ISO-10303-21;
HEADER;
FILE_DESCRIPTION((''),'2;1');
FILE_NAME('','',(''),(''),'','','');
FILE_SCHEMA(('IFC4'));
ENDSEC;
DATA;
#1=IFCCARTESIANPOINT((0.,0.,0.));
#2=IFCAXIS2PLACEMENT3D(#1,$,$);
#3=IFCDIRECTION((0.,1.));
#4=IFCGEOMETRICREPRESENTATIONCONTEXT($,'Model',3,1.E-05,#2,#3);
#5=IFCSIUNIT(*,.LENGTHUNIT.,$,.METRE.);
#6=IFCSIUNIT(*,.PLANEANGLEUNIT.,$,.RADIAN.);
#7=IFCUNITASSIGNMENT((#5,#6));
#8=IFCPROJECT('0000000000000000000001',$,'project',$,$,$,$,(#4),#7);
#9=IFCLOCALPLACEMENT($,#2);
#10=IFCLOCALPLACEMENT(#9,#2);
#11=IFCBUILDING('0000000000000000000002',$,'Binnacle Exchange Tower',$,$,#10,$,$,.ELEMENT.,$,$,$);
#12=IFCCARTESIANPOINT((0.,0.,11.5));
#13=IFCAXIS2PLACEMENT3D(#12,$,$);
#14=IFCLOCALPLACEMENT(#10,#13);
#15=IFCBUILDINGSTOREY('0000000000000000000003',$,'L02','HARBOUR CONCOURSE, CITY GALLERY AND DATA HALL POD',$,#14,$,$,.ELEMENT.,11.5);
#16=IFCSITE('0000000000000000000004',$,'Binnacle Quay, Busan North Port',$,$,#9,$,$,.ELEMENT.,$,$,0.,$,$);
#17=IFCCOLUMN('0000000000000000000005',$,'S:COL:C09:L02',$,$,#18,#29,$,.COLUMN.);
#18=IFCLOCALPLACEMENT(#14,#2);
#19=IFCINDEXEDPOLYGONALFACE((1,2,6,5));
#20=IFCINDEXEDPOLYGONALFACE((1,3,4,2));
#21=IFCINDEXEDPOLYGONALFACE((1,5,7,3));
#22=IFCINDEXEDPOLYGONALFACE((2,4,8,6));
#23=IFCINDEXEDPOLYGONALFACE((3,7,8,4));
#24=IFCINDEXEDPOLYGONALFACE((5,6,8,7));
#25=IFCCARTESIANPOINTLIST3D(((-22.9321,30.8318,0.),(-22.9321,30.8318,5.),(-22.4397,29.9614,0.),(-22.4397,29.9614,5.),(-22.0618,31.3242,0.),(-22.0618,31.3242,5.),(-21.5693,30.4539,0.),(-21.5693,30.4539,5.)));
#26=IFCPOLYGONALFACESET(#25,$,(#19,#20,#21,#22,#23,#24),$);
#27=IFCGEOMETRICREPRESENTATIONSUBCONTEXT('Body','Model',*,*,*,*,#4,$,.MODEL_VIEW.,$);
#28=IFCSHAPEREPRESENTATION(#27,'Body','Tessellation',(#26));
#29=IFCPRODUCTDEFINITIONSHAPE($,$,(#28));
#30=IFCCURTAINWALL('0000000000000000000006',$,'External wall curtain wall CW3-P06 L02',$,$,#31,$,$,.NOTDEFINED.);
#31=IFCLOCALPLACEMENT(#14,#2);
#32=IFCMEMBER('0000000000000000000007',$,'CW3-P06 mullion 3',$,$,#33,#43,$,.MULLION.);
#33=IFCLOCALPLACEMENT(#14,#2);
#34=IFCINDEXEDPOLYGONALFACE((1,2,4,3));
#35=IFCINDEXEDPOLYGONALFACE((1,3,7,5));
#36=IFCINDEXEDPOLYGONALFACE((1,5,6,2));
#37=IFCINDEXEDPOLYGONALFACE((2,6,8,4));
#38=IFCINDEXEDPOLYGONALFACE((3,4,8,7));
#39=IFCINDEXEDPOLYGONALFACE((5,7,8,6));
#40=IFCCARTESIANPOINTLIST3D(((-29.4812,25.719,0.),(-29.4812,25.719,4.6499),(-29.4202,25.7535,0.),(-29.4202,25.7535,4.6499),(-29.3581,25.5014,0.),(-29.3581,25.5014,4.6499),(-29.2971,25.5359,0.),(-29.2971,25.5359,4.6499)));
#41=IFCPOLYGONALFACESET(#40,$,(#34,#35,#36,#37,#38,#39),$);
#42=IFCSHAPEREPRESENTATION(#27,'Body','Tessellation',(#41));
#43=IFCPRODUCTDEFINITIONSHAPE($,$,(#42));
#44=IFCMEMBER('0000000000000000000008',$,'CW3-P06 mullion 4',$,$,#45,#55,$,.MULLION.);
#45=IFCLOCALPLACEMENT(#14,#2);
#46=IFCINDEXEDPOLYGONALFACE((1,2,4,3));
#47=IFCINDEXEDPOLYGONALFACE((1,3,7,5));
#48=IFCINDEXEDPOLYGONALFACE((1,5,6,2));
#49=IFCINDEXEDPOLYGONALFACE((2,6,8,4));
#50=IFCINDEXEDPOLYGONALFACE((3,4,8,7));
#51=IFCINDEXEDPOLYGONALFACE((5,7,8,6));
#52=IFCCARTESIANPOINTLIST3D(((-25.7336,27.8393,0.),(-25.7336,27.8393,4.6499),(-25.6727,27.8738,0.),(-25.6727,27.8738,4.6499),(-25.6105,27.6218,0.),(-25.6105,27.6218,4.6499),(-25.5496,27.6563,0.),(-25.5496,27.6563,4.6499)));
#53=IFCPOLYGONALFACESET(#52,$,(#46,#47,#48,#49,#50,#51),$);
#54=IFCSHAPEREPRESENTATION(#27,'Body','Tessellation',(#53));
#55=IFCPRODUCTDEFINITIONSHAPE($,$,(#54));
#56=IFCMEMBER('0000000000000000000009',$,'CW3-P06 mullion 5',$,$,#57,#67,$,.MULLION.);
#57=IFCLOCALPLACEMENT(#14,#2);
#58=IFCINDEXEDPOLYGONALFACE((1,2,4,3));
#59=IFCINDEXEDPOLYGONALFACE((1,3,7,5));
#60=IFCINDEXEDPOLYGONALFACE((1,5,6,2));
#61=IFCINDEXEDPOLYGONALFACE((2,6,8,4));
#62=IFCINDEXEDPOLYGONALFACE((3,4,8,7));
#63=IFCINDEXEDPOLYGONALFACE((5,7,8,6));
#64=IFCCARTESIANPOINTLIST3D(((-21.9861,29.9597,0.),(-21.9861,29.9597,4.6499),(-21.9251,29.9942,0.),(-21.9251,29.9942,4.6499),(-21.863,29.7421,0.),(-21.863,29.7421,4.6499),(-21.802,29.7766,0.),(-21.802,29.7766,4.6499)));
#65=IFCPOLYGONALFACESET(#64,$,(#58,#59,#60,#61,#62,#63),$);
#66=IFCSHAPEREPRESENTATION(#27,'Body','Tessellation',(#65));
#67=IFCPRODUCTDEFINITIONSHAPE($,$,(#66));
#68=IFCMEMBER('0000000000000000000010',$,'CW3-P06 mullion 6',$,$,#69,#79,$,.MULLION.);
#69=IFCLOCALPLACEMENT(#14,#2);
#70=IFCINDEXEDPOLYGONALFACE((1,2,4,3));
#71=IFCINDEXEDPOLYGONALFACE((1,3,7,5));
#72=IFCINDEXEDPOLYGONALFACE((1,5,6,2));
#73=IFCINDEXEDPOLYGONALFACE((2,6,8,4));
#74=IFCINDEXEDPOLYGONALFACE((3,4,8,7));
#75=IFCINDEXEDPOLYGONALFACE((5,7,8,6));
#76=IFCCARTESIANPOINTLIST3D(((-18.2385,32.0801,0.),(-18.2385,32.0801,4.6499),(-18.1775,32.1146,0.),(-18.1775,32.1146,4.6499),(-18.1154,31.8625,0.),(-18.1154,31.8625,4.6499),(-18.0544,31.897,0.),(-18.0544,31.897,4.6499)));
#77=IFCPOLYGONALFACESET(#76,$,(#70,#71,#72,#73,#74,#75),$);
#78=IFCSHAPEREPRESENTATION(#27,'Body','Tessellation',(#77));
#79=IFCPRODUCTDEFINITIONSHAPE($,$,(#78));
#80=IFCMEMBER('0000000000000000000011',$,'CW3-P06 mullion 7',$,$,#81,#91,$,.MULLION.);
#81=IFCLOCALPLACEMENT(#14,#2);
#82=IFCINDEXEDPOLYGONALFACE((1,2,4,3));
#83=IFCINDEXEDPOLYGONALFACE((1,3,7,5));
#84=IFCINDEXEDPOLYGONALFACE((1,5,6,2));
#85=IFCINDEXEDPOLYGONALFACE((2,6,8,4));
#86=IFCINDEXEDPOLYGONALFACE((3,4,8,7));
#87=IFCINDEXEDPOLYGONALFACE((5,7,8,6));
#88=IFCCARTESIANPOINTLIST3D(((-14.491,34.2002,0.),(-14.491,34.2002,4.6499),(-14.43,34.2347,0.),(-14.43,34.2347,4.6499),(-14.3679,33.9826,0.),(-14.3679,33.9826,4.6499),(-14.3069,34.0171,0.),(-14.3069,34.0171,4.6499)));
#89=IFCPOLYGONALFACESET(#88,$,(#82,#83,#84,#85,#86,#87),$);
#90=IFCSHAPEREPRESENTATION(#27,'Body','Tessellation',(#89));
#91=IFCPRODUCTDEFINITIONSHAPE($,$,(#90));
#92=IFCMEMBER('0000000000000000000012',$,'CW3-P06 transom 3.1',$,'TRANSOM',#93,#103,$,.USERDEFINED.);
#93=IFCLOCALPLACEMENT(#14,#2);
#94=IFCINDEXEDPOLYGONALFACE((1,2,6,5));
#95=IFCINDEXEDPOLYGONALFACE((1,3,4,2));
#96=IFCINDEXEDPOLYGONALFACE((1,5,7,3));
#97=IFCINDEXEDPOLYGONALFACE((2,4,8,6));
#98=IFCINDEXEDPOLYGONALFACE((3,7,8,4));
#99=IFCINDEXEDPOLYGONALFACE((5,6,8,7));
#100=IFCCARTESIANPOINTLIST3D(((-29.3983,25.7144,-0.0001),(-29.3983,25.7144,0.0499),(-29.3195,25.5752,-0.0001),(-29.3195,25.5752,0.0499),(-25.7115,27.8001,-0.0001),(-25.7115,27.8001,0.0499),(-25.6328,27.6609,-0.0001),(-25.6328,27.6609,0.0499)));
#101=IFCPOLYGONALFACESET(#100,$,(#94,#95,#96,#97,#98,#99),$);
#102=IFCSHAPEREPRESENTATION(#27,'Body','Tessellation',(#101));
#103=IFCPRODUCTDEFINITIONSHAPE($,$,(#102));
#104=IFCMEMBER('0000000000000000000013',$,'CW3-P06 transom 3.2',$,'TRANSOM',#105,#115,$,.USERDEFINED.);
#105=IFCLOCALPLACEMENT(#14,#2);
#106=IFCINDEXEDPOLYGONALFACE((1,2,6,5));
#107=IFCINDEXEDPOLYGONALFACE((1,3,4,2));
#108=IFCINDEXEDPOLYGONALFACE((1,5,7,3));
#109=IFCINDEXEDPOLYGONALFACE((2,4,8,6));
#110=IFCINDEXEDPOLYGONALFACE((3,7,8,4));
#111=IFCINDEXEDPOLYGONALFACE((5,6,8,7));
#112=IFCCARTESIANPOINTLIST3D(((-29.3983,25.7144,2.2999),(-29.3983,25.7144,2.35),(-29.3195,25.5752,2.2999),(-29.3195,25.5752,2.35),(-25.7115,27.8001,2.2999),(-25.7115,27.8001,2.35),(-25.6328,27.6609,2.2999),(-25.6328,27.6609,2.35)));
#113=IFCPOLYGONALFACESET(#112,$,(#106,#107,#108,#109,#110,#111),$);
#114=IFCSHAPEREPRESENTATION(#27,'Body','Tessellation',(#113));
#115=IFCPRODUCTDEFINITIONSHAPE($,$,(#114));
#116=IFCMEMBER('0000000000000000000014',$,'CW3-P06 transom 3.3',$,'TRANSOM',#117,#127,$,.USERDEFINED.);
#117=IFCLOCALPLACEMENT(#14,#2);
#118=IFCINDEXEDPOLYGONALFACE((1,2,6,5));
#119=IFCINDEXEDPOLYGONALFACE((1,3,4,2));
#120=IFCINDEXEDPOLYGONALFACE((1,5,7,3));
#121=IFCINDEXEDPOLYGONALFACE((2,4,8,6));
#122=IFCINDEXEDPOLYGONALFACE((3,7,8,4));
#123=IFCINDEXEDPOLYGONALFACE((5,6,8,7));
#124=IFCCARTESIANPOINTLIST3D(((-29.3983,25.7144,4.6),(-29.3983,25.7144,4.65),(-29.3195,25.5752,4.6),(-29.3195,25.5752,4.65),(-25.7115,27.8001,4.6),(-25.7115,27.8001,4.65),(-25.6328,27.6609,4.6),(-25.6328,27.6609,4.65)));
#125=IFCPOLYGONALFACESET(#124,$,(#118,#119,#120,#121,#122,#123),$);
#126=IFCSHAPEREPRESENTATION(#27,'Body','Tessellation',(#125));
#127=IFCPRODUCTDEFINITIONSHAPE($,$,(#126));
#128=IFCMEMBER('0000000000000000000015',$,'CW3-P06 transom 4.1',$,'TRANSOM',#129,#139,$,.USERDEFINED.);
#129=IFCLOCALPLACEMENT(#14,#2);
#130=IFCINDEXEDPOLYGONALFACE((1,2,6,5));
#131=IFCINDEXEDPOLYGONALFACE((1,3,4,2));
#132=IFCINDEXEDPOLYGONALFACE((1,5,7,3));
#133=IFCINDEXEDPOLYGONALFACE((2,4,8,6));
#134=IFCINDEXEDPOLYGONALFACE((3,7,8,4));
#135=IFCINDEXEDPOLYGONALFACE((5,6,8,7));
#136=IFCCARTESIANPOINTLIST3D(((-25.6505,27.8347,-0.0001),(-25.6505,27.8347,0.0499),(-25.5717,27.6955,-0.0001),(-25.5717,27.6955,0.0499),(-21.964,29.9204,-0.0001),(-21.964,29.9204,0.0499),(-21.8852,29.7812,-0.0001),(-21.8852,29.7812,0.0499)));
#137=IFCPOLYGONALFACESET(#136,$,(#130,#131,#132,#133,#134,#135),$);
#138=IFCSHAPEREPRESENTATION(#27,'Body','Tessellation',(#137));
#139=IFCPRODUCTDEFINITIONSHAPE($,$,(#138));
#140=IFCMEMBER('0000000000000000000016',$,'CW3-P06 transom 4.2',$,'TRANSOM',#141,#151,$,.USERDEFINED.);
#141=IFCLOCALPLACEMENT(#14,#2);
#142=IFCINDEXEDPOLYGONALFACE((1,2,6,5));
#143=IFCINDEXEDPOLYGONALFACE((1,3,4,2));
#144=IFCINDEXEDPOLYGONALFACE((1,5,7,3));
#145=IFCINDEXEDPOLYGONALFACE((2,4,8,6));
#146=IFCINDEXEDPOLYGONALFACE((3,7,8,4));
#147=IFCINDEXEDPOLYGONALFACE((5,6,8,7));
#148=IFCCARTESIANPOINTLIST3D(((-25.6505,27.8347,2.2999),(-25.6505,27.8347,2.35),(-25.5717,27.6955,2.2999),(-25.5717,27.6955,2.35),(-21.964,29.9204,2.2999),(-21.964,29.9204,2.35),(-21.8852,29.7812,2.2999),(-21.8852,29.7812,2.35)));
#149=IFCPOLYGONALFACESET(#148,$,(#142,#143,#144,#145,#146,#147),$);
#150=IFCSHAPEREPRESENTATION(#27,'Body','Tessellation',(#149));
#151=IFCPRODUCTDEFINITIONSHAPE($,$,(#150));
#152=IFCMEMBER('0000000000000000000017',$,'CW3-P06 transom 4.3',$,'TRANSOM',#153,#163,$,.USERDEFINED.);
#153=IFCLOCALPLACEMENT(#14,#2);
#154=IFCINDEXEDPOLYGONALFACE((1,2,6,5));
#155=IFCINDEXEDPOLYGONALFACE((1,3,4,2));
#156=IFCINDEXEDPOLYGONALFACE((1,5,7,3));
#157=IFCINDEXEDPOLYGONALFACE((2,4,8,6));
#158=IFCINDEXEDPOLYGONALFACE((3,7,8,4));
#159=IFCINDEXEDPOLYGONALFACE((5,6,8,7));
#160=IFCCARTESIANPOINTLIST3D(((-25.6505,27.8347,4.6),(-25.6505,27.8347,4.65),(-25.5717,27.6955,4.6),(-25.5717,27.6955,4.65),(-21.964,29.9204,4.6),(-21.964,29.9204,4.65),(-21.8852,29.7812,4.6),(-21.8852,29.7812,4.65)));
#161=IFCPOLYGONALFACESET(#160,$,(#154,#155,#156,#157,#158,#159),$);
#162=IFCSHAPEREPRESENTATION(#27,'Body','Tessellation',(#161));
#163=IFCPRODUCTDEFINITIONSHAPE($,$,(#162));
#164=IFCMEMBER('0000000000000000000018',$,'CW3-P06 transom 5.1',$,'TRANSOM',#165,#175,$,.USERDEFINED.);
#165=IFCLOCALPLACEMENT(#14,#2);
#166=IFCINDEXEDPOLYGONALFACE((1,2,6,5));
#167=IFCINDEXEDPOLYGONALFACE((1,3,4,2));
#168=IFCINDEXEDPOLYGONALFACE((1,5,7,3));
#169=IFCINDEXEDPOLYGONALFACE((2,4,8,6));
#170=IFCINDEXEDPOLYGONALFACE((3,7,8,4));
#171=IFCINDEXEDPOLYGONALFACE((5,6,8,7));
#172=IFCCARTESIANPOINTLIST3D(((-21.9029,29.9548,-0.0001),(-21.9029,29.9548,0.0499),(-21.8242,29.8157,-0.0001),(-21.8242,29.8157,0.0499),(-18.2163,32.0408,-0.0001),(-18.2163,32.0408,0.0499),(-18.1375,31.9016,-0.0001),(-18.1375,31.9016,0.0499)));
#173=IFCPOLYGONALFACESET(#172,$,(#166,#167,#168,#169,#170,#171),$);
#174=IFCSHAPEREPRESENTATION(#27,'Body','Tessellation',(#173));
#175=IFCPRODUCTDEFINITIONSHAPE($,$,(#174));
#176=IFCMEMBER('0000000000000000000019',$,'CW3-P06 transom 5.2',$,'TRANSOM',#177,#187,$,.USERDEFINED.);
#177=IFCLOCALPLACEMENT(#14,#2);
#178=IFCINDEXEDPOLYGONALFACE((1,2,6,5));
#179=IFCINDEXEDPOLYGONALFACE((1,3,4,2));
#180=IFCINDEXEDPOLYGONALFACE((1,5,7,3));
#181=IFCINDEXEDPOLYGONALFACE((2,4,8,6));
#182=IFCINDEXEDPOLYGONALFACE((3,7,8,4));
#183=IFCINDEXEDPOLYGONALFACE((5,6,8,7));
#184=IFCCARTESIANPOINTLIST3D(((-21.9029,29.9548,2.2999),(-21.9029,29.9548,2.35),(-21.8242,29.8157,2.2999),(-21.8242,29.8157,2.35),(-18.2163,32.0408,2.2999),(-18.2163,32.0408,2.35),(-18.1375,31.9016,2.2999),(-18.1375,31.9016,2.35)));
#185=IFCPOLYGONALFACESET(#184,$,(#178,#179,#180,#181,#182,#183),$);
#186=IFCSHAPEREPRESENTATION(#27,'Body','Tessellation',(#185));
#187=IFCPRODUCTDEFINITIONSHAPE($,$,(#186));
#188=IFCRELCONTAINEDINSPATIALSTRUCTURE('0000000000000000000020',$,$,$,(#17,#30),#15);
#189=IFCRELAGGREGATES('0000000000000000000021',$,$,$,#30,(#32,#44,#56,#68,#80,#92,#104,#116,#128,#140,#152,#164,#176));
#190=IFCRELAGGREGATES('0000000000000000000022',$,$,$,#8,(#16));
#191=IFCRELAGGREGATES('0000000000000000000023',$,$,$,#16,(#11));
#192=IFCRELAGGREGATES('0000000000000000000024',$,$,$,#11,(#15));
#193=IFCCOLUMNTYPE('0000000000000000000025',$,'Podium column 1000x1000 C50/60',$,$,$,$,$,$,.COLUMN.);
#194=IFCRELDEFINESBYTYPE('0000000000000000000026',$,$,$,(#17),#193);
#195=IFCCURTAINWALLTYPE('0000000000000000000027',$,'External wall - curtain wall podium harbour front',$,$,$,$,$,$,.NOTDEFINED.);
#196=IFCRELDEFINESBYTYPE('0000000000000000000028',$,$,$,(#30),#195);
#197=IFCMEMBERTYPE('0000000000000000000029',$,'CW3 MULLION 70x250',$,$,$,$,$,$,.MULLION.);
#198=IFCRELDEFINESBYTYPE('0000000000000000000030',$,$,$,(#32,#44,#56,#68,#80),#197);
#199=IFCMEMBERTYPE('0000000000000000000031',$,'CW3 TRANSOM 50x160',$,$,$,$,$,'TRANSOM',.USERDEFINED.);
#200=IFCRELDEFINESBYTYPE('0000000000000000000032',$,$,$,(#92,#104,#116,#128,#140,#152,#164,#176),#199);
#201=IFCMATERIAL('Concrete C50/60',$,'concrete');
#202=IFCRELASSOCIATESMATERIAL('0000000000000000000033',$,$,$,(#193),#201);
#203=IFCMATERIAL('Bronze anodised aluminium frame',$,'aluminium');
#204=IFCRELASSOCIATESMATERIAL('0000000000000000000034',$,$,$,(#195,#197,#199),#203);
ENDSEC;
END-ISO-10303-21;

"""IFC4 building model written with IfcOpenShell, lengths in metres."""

from ifc_helpers import new_model, si_unit, direction, frame, origin, origin_2d, place, context, subcontext, project, spatial, rectangle, extrude, material, material_profile, profile_set, type_object, element, aggregate, save


model = new_model("IFC4")

# Units and contexts
model_context = context("Model", 3, precision=1e-05, world=origin(), true_north=direction((0.0, 1.0)))
body_context = subcontext(model_context, "Body", "Model", "MODEL_VIEW")
ifc_project = project(units=[si_unit("LENGTHUNIT", "METRE"), si_unit("PLANEANGLEUNIT", "RADIAN")], contexts=[model_context])

# Site, building, storey
site_placement = place(None, origin())
site = spatial("IfcSite", under=ifc_project, at=site_placement, Name="Binnacle Quay, Busan North Port", CompositionType="ELEMENT", RefElevation=0.0)
building_placement = place(site_placement, origin())
building = spatial("IfcBuilding", under=site, at=building_placement, Name="Binnacle Exchange Tower", CompositionType="ELEMENT")
storey_placement = place(building_placement, frame((0.0, 0.0, 11.5)))
storey = spatial("IfcBuildingStorey", under=building, at=storey_placement, Name="L02", Description="HARBOUR CONCOURSE, CITY GALLERY AND DATA HALL POD", CompositionType="ELEMENT", Elevation=11.5)

# Column
ifc_material_1 = material(Name="Concrete C50/60", Category="concrete")
ifc_material_profile_1 = material_profile(ifc_material_1, rectangle(XDim=1.0, YDim=1.0, at=origin_2d()), Name="Podium column 1000x1000 C50/60")
ifc_profile_set_1 = profile_set([ifc_material_profile_1], Name="Concrete C50/60")
column_type = type_object("IfcColumnType", Name="Podium column 1000x1000 C50/60", PredefinedType="COLUMN", material=ifc_profile_set_1)
column_placement = place(storey_placement, frame((-22.2507, 30.6428, 0.0), z_axis=(0.0, 0.0, 1.0), x_axis=(0.870356, 0.492424, 0.0)))
element("IfcColumn", 1, at=column_placement, inside=storey, type_object=column_type, Name="S:COL:C09:L02", PredefinedType="COLUMN", context=body_context, shape_type="SweptSolid", body=[
    extrude(rectangle(XDim=1.0, YDim=1.0, at=origin_2d()), origin(), (0.0, 0.0, 1.0), 5.0),
])

# Curtain wall, members
ifc_material_2 = material(Name="Bronze anodised aluminium frame", Category="aluminium")
curtain_wall_type = type_object("IfcCurtainWallType", Name="External wall - curtain wall podium harbour front", PredefinedType="NOTDEFINED", material=ifc_material_2)
curtain_wall_placement = place(storey_placement, origin())
curtain_wall = element("IfcCurtainWall", 2, at=curtain_wall_placement, inside=storey, type_object=curtain_wall_type, Name="External wall curtain wall CW3-P06 L02", PredefinedType="NOTDEFINED")
ifc_material_profile_2 = material_profile(ifc_material_2, rectangle(XDim=0.25, YDim=0.0701, at=origin_2d()), Name="AL 70x250")
ifc_profile_set_2 = profile_set([ifc_material_profile_2], Name="Bronze anodised aluminium frame")
member_type_1 = type_object("IfcMemberType", Name="CW3 MULLION 70x250", PredefinedType="MULLION", material=ifc_profile_set_2)
member_1_placement = place(storey_placement, frame((-29.3892, 25.6274, 0.0), z_axis=(0.0, 0.0, 1.0), x_axis=(-0.492424, 0.870356, 0.0)))
member_1 = element("IfcMember", 3, at=member_1_placement, type_object=member_type_1, Name="CW3-P06 mullion 3", PredefinedType="MULLION", context=body_context, shape_type="SweptSolid", body=[
    extrude(rectangle(XDim=0.25, YDim=0.0701, at=origin_2d()), origin(), (0.0, 0.0, 1.0), 4.6499),
])
member_2_placement = place(storey_placement, frame((-25.6416, 27.7478, 0.0), z_axis=(0.0, 0.0, 1.0), x_axis=(-0.492424, 0.870356, 0.0)))
member_2 = element("IfcMember", 4, at=member_2_placement, type_object=member_type_1, Name="CW3-P06 mullion 4", PredefinedType="MULLION", context=body_context, shape_type="SweptSolid", body=[
    extrude(rectangle(XDim=0.25, YDim=0.0701, at=origin_2d()), origin(), (0.0, 0.0, 1.0), 4.6499),
])
member_3_placement = place(storey_placement, frame((-21.894, 29.8682, 0.0), z_axis=(0.0, 0.0, 1.0), x_axis=(-0.492424, 0.870356, 0.0)))
member_3 = element("IfcMember", 5, at=member_3_placement, type_object=member_type_1, Name="CW3-P06 mullion 5", PredefinedType="MULLION", context=body_context, shape_type="SweptSolid", body=[
    extrude(rectangle(XDim=0.25, YDim=0.0701, at=origin_2d()), origin(), (0.0, 0.0, 1.0), 4.6499),
])
member_4_placement = place(storey_placement, frame((-18.1465, 31.9885, 0.0), z_axis=(0.0, 0.0, 1.0), x_axis=(-0.492424, 0.870356, 0.0)))
member_4 = element("IfcMember", 6, at=member_4_placement, type_object=member_type_1, Name="CW3-P06 mullion 6", PredefinedType="MULLION", context=body_context, shape_type="SweptSolid", body=[
    extrude(rectangle(XDim=0.25, YDim=0.0701, at=origin_2d()), origin(), (0.0, 0.0, 1.0), 4.6499),
])
member_5_placement = place(storey_placement, frame((-14.3989, 34.1086, 0.0), z_axis=(0.0, 0.0, 1.0), x_axis=(-0.492424, 0.870356, 0.0)))
member_5 = element("IfcMember", 7, at=member_5_placement, type_object=member_type_1, Name="CW3-P06 mullion 7", PredefinedType="MULLION", context=body_context, shape_type="SweptSolid", body=[
    extrude(rectangle(XDim=0.25, YDim=0.0701, at=origin_2d()), origin(), (0.0, 0.0, 1.0), 4.6499),
])
ifc_material_profile_3 = material_profile(ifc_material_2, rectangle(XDim=0.1599, YDim=0.05, at=origin_2d()), Name="AL 160x50")
ifc_profile_set_3 = profile_set([ifc_material_profile_3], Name="Bronze anodised aluminium frame")
member_type_2 = type_object("IfcMemberType", Name="CW3 TRANSOM 50x160", ElementType="TRANSOM", PredefinedType="USERDEFINED", material=ifc_profile_set_3)
member_6_placement = place(storey_placement, frame((-29.3589, 25.6448, 0.0249), z_axis=(0.870374, 0.492391, 0.0), x_axis=(-0.492391, 0.870374, 0.0)))
member_6 = element("IfcMember", 8, at=member_6_placement, type_object=member_type_2, Name="CW3-P06 transom 3.1", ObjectType="TRANSOM", PredefinedType="USERDEFINED", context=body_context, shape_type="SweptSolid", body=[
    extrude(rectangle(XDim=0.1599, YDim=0.05, at=origin_2d()), origin(), (0.0, 0.0, 1.0), 4.2358),
])
member_7_placement = place(storey_placement, frame((-29.3589, 25.6448, 2.325), z_axis=(0.870374, 0.492391, 0.0), x_axis=(-0.492391, 0.870374, 0.0)))
member_7 = element("IfcMember", 9, at=member_7_placement, type_object=member_type_2, Name="CW3-P06 transom 3.2", ObjectType="TRANSOM", PredefinedType="USERDEFINED", context=body_context, shape_type="SweptSolid", body=[
    extrude(rectangle(XDim=0.1599, YDim=0.05, at=origin_2d()), origin(), (0.0, 0.0, 1.0), 4.2358),
])
member_8_placement = place(storey_placement, frame((-29.3589, 25.6448, 4.625), z_axis=(0.870374, 0.492391, 0.0), x_axis=(-0.492391, 0.870374, 0.0)))
member_8 = element("IfcMember", 10, at=member_8_placement, type_object=member_type_2, Name="CW3-P06 transom 3.3", ObjectType="TRANSOM", PredefinedType="USERDEFINED", context=body_context, shape_type="SweptSolid", body=[
    extrude(rectangle(XDim=0.1599, YDim=0.05, at=origin_2d()), origin(), (0.0, 0.0, 1.0), 4.2358),
])
member_9_placement = place(storey_placement, frame((-25.6111, 27.7651, 0.0249), z_axis=(0.87036, 0.492416, 0.0), x_axis=(-0.492416, 0.87036, 0.0)))
member_9 = element("IfcMember", 11, at=member_9_placement, type_object=member_type_2, Name="CW3-P06 transom 4.1", ObjectType="TRANSOM", PredefinedType="USERDEFINED", context=body_context, shape_type="SweptSolid", body=[
    extrude(rectangle(XDim=0.1599, YDim=0.05, at=origin_2d()), origin(), (0.0, 0.0, 1.0), 4.2356),
])
member_10_placement = place(storey_placement, frame((-25.6111, 27.7651, 2.325), z_axis=(0.87036, 0.492416, 0.0), x_axis=(-0.492416, 0.87036, 0.0)))
member_10 = element("IfcMember", 12, at=member_10_placement, type_object=member_type_2, Name="CW3-P06 transom 4.2", ObjectType="TRANSOM", PredefinedType="USERDEFINED", context=body_context, shape_type="SweptSolid", body=[
    extrude(rectangle(XDim=0.1599, YDim=0.05, at=origin_2d()), origin(), (0.0, 0.0, 1.0), 4.2356),
])
member_11_placement = place(storey_placement, frame((-25.6111, 27.7651, 4.625), z_axis=(0.87036, 0.492416, 0.0), x_axis=(-0.492416, 0.87036, 0.0)))
member_11 = element("IfcMember", 13, at=member_11_placement, type_object=member_type_2, Name="CW3-P06 transom 4.3", ObjectType="TRANSOM", PredefinedType="USERDEFINED", context=body_context, shape_type="SweptSolid", body=[
    extrude(rectangle(XDim=0.1599, YDim=0.05, at=origin_2d()), origin(), (0.0, 0.0, 1.0), 4.2356),
])
member_12_placement = place(storey_placement, frame((-21.8635, 29.8853, 0.0249), z_axis=(0.870335, 0.49246, 0.0), x_axis=(-0.49246, 0.870335, 0.0)))
member_12 = element("IfcMember", 14, at=member_12_placement, type_object=member_type_2, Name="CW3-P06 transom 5.1", ObjectType="TRANSOM", PredefinedType="USERDEFINED", context=body_context, shape_type="SweptSolid", body=[
    extrude(rectangle(XDim=0.1599, YDim=0.05, at=origin_2d()), origin(), (0.0, 0.0, 1.0), 4.2358),
])
member_13_placement = place(storey_placement, frame((-21.8635, 29.8853, 2.325), z_axis=(0.870335, 0.49246, 0.0), x_axis=(-0.49246, 0.870335, 0.0)))
member_13 = element("IfcMember", 15, at=member_13_placement, type_object=member_type_2, Name="CW3-P06 transom 5.2", ObjectType="TRANSOM", PredefinedType="USERDEFINED", context=body_context, shape_type="SweptSolid", body=[
    extrude(rectangle(XDim=0.1599, YDim=0.05, at=origin_2d()), origin(), (0.0, 0.0, 1.0), 4.2358),
])

aggregate(curtain_wall, [member_1, member_2, member_3, member_4, member_5, member_6, member_7, member_8, member_9, member_10, member_11, member_12, member_13])

save(model, "model.ifc")
